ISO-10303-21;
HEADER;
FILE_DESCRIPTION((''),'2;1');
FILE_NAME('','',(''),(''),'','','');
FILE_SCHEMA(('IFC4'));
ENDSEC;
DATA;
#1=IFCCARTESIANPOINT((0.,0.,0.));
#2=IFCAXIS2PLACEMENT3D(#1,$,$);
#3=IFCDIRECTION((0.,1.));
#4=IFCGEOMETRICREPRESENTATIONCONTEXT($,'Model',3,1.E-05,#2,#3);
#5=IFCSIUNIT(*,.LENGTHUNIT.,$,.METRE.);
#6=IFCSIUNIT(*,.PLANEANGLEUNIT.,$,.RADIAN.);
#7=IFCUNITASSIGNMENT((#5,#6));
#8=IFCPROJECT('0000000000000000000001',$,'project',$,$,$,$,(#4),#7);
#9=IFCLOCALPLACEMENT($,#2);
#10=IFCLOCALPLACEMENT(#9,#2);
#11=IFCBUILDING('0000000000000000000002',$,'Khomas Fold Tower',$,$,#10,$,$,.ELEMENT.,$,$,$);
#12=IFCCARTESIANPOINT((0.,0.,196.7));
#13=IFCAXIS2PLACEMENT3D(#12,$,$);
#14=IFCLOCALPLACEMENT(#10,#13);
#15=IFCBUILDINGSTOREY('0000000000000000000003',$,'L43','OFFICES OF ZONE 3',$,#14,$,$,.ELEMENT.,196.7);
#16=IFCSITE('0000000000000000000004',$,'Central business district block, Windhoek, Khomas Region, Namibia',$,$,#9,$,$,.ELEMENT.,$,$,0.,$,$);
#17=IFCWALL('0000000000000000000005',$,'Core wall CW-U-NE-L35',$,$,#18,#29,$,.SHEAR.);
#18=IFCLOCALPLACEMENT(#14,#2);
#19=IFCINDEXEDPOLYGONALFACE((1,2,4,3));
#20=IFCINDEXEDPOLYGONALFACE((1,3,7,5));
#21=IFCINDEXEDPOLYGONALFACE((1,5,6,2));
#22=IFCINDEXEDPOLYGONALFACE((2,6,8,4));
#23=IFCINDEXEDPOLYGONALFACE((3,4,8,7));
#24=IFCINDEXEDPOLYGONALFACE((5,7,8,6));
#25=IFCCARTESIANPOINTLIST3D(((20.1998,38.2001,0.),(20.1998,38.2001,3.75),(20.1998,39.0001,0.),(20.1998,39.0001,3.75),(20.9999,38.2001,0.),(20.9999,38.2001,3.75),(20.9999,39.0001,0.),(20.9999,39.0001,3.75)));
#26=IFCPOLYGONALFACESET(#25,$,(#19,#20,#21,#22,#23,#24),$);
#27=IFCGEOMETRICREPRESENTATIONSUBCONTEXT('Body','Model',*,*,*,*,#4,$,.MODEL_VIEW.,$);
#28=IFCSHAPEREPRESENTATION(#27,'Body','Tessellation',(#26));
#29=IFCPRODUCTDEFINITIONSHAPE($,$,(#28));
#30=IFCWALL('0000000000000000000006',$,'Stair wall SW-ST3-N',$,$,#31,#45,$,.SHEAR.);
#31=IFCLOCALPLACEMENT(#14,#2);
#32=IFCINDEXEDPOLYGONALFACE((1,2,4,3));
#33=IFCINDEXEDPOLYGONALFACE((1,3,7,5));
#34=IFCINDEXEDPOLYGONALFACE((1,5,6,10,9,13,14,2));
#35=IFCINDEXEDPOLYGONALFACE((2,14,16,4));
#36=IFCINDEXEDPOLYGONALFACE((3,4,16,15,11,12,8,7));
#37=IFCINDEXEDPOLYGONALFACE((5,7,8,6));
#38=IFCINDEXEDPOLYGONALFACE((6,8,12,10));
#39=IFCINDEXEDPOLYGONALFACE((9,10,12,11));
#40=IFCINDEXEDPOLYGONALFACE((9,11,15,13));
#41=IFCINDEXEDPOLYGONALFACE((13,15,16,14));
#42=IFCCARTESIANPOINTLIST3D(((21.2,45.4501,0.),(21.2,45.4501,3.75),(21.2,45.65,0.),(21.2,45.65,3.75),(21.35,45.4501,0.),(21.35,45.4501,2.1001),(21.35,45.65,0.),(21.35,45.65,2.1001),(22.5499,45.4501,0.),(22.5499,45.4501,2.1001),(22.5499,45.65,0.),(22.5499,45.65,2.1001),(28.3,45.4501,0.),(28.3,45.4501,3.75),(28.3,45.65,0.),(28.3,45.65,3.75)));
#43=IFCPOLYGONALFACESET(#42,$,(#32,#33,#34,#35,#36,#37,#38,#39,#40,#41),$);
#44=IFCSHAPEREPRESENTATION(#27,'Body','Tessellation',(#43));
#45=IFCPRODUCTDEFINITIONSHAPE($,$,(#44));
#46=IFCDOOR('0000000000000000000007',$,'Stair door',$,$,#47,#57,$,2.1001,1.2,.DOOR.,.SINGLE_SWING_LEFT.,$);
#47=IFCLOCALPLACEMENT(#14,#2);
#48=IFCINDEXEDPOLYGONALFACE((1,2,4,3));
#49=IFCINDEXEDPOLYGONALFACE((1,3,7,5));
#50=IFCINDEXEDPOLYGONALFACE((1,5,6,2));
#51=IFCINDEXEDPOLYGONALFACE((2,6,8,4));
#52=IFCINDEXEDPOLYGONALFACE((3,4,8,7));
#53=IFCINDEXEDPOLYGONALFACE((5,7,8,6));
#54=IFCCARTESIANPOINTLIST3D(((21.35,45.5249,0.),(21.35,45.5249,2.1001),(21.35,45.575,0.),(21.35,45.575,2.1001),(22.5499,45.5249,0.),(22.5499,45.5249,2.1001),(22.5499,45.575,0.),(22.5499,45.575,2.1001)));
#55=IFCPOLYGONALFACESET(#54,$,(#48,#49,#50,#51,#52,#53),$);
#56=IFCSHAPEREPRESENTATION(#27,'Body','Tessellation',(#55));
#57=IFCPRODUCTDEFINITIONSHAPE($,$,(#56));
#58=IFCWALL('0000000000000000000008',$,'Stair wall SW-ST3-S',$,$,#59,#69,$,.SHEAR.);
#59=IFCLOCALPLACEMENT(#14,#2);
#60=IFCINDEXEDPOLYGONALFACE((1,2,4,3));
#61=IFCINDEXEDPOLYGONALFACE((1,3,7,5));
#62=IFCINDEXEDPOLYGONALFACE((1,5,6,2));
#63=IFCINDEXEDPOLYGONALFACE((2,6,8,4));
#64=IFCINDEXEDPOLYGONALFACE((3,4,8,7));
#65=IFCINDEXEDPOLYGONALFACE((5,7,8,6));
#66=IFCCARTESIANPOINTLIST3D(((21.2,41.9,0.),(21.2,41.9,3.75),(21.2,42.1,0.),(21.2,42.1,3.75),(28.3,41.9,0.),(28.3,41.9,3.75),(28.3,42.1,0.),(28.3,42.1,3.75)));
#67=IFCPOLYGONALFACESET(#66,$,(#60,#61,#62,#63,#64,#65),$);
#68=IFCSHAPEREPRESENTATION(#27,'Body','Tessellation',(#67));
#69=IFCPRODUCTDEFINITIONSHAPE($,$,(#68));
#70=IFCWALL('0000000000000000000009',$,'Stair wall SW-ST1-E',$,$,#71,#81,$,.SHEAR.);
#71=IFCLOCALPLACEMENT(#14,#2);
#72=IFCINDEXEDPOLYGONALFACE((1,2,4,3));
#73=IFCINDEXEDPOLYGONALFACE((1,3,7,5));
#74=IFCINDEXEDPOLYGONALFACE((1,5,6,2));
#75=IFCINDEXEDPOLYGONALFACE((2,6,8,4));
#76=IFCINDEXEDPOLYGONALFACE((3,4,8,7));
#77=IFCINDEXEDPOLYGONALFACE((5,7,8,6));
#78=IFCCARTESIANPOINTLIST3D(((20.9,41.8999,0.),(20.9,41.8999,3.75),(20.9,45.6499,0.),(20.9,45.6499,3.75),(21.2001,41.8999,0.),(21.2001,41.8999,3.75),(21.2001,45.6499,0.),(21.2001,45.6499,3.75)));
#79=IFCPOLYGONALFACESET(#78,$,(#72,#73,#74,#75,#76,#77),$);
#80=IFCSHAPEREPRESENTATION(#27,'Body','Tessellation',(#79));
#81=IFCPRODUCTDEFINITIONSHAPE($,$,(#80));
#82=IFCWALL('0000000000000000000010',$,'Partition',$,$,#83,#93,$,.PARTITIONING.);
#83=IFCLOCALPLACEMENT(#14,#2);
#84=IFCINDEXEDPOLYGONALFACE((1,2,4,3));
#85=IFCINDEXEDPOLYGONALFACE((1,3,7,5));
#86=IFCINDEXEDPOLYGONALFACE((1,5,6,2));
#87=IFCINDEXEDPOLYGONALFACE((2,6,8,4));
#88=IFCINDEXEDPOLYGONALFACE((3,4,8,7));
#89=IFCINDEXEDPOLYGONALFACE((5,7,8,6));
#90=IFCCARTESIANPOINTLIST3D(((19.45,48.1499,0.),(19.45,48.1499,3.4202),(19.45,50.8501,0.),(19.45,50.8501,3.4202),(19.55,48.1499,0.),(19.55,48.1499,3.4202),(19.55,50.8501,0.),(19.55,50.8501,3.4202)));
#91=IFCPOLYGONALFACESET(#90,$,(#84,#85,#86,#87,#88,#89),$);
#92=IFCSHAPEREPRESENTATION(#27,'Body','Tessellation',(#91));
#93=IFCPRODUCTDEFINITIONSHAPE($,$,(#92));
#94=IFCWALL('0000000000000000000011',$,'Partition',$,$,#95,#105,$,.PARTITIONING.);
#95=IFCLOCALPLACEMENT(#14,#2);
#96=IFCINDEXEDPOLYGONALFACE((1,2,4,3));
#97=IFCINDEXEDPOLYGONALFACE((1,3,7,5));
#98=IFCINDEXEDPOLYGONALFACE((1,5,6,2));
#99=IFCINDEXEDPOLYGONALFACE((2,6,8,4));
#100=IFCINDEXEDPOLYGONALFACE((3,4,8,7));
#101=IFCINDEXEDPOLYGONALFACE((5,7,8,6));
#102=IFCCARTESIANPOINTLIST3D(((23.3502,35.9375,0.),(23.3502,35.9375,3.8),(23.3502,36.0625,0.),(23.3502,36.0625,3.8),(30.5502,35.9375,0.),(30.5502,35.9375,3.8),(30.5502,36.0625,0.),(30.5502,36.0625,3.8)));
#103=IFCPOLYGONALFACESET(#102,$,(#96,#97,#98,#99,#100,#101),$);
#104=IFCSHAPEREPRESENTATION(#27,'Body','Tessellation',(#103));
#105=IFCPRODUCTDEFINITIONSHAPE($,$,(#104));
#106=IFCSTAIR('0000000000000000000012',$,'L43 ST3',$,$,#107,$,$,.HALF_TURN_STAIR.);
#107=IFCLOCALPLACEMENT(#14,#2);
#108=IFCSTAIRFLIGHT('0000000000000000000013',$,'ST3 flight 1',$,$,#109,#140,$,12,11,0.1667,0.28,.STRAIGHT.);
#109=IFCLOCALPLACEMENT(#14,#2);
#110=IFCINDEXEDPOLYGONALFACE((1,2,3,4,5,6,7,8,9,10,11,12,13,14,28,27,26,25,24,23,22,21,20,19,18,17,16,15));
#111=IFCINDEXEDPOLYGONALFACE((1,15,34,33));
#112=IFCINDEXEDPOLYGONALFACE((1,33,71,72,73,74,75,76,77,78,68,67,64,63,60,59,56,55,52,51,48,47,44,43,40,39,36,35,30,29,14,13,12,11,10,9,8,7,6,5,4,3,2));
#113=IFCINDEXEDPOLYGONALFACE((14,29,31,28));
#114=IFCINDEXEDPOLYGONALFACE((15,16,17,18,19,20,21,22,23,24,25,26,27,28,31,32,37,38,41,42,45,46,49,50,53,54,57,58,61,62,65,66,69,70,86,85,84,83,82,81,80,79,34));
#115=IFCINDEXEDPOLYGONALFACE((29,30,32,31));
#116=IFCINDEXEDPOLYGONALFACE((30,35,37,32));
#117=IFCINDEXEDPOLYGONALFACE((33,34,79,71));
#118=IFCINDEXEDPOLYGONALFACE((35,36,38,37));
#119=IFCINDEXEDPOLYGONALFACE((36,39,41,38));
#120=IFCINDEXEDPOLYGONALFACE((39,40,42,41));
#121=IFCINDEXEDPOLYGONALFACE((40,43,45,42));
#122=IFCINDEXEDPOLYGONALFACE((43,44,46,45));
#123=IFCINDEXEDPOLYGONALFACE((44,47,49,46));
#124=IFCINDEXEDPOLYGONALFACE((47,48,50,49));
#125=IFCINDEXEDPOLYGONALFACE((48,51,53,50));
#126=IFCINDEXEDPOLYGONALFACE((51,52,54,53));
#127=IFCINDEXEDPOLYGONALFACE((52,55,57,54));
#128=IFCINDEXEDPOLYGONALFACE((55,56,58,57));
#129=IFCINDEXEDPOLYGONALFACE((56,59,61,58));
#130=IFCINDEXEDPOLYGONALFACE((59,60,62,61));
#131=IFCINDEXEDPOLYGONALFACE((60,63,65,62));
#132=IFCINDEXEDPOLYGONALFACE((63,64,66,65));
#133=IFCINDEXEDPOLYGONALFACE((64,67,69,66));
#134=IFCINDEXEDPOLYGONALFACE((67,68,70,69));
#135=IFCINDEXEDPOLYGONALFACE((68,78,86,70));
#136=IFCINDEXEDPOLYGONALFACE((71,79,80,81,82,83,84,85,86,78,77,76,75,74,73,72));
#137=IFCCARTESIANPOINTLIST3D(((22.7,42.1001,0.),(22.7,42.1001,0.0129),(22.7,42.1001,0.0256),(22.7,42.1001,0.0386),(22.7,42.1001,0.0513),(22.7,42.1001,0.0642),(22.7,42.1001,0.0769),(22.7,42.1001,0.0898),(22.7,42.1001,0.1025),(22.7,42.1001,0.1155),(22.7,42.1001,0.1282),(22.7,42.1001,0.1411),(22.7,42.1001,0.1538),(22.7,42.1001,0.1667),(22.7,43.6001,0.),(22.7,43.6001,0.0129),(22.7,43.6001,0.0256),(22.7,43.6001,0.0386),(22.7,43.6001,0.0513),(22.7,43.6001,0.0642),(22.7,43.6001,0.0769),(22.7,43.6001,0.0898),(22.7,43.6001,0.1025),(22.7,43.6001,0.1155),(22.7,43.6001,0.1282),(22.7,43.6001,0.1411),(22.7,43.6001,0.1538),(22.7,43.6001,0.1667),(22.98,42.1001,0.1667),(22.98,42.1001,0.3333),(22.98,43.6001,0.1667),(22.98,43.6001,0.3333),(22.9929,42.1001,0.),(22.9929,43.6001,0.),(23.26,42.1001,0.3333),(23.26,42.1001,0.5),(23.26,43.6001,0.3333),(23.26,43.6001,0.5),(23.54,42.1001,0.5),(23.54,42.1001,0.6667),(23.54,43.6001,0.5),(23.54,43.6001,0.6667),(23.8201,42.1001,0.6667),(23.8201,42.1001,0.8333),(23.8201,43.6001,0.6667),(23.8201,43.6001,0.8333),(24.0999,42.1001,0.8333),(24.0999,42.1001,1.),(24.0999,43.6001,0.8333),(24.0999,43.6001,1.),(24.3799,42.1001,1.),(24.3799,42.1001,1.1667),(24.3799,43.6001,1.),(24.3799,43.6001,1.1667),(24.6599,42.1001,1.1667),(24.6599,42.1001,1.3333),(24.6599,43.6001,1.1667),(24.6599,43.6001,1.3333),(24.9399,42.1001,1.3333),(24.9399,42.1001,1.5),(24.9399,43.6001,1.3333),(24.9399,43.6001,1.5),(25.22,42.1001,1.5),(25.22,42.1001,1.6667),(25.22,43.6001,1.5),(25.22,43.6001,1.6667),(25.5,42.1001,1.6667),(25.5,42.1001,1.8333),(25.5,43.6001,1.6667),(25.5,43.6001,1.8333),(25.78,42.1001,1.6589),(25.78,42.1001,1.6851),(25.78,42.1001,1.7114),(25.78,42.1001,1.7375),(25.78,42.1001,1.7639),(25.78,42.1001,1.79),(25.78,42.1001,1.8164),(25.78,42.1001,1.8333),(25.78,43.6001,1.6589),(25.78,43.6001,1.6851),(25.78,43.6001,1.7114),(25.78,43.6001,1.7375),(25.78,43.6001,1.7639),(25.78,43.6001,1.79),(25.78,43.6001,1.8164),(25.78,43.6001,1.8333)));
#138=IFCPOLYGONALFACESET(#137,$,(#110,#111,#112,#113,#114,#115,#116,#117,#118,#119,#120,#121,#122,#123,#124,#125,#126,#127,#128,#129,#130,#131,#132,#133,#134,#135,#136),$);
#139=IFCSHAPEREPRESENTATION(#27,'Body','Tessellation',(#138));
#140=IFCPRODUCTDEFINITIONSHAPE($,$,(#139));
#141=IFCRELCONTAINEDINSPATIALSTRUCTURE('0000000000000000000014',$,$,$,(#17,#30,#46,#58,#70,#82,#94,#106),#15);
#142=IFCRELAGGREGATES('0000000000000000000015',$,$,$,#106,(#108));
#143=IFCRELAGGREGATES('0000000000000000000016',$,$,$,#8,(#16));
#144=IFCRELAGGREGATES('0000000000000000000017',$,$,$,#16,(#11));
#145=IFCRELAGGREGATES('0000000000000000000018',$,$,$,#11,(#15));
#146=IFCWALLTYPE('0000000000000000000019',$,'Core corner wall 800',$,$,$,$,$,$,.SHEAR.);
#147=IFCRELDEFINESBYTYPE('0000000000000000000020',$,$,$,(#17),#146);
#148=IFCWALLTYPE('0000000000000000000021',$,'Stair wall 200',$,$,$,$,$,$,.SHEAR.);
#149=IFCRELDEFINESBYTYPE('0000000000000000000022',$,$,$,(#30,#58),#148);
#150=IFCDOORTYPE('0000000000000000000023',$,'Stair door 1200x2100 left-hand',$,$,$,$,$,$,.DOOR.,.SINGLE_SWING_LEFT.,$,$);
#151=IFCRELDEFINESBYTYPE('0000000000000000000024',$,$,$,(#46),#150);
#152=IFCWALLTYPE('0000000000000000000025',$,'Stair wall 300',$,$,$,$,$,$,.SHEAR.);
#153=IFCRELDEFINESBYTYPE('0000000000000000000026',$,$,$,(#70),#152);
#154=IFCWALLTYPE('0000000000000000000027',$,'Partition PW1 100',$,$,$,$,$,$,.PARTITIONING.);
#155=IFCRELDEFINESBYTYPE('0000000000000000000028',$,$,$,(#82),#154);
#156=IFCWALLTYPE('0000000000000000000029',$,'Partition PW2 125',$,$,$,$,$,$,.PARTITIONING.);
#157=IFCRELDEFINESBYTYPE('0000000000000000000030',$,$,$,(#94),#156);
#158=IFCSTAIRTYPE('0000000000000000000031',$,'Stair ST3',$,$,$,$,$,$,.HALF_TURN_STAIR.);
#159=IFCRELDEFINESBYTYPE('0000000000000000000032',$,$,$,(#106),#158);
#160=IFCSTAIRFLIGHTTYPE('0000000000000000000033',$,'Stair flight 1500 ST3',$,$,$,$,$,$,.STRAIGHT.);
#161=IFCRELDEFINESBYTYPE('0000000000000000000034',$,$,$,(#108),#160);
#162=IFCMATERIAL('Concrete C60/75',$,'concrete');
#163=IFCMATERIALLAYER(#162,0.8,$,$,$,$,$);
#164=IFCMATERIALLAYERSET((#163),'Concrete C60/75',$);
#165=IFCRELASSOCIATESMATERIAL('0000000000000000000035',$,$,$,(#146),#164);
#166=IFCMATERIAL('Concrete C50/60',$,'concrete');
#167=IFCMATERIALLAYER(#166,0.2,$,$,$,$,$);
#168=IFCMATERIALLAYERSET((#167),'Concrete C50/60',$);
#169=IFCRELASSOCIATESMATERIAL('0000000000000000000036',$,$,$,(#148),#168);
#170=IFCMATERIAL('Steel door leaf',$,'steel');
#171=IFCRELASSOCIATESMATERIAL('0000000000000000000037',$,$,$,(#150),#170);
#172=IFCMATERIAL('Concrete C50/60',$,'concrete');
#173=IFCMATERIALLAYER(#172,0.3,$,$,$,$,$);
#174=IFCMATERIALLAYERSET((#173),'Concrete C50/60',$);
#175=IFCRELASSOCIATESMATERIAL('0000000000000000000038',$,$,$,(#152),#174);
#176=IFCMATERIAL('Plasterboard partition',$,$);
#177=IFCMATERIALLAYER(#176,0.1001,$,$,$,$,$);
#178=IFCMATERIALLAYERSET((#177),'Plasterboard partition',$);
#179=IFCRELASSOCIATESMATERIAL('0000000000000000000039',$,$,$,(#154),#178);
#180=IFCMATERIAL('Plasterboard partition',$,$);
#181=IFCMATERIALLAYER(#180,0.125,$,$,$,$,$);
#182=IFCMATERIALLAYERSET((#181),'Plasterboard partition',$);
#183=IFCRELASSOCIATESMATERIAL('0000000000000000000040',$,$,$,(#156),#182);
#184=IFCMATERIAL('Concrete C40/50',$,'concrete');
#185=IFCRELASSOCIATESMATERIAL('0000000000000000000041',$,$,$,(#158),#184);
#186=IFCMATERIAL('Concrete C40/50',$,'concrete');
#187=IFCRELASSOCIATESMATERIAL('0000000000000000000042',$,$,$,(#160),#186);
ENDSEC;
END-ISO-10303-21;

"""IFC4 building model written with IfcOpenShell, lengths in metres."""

from ifc_helpers import new_model, si_unit, direction, frame, frame_2d, origin, place, context, subcontext, project, spatial, polyline, rectangle, outline, extrude, source, transform, mapped, material, layer, layer_set, type_object, element, fill, aggregate, save


model = new_model("IFC4")

# Units and contexts
model_context = context("Model", 3, precision=1e-05, world=origin(), true_north=direction((0.0, 1.0)))
body_context = subcontext(model_context, "Body", "Model", "MODEL_VIEW")
ifc_project = project(units=[si_unit("LENGTHUNIT", "METRE"), si_unit("PLANEANGLEUNIT", "RADIAN")], contexts=[model_context])

# Site, building, storey
site_placement = place(None, origin())
site = spatial("IfcSite", under=ifc_project, at=site_placement, Name="Central business district block, Windhoek, Khomas Region, Namibia", CompositionType="ELEMENT", RefElevation=0.0)
building_placement = place(site_placement, origin())
building = spatial("IfcBuilding", under=site, at=building_placement, Name="Khomas Fold Tower", CompositionType="ELEMENT")
storey_placement = place(building_placement, frame((0.0, 0.0, 196.7)))
storey = spatial("IfcBuildingStorey", under=building, at=storey_placement, Name="L43", Description="OFFICES OF ZONE 3", CompositionType="ELEMENT", Elevation=196.7)

# Wall
ifc_material_1 = material(Name="Concrete C60/75", Category="concrete")
ifc_layer_1 = layer(ifc_material_1, 0.8)
ifc_layer_set_1 = layer_set([ifc_layer_1], Name="Concrete C60/75")
wall_type_1 = type_object("IfcWallType", Name="Core corner wall 800", PredefinedType="SHEAR", material=ifc_layer_set_1)
shared_shape_1 = source(origin(), body_context, "Body", "SweptSolid", [
    extrude(rectangle(XDim=0.8, YDim=0.8, at=frame_2d((0.3999, 0.0))), origin(), (0.0, 0.0, 1.0), 3.75),
])
wall_1_placement = place(storey_placement, frame((20.2, 38.6001, 0.0), z_axis=(0.0, 0.0, 1.0), x_axis=(1.0, 0.0, 0.0)))
element("IfcWall", 1, at=wall_1_placement, inside=storey, type_object=wall_type_1, Name="Core wall CW-U-NE-L35", PredefinedType="SHEAR", context=body_context, shape_type="MappedRepresentation", body=[
    mapped(shared_shape_1, transform((0.0, 0.0, 0.0))),
])

# Wall, opening, door
ifc_material_2 = material(Name="Concrete C50/60", Category="concrete")
ifc_layer_2 = layer(ifc_material_2, 0.2)
ifc_layer_set_2 = layer_set([ifc_layer_2], Name="Concrete C50/60")
wall_type_2 = type_object("IfcWallType", Name="Stair wall 200", PredefinedType="SHEAR", material=ifc_layer_set_2)
shared_shape_2 = source(origin(), body_context, "Body", "SweptSolid", [
    extrude(rectangle(XDim=7.1001, YDim=0.2, at=frame_2d((3.55, 0.0))), origin(), (0.0, 0.0, 1.0), 3.75),
])
wall_2_placement = place(storey_placement, frame((21.2, 45.55, 0.0), z_axis=(0.0, 0.0, 1.0), x_axis=(1.0, 0.0, 0.0)))
wall_2 = element("IfcWall", 2, at=wall_2_placement, inside=storey, type_object=wall_type_2, Name="Stair wall SW-ST3-N", PredefinedType="SHEAR", context=body_context, shape_type="MappedRepresentation", body=[
    mapped(shared_shape_2, transform((0.0, 0.0, 0.0))),
])
shared_shape_3 = source(origin(), body_context, "Body", "SweptSolid", [
    extrude(rectangle(XDim=1.2, YDim=2.1001, at=frame_2d((0.6001, 1.05))), frame((0.0, 0.1099, 0.0), z_axis=(0.0, -1.0, 0.0), x_axis=(1.0, 0.0, 0.0)), (0.0, 0.0, 1.0), 0.22),
])
opening_placement = place(wall_2_placement, frame((0.1499, 0.0, 0.0)))
opening = element("IfcOpeningElement", 3, at=opening_placement, cuts=wall_2, PredefinedType="OPENING", context=body_context, shape_type="MappedRepresentation", body=[
    mapped(shared_shape_3, transform((0.0, 0.0, 0.0))),
])
ifc_material_3 = material(Name="Steel door leaf", Category="steel")
door_type = type_object("IfcDoorType", Name="Stair door 1200x2100 left-hand", OperationType="SINGLE_SWING_LEFT", PredefinedType="DOOR", material=ifc_material_3)
shared_shape_4 = source(origin(), body_context, "Body", "SweptSolid", [
    extrude(rectangle(XDim=1.2, YDim=2.1001, at=frame_2d((0.6001, 1.05))), frame((0.0, 0.0249, 0.0), z_axis=(0.0, -1.0, 0.0), x_axis=(1.0, 0.0, 0.0)), (0.0, 0.0, 1.0), 0.05),
])
door_placement = place(opening_placement, origin())
door = element("IfcDoor", 4, at=door_placement, inside=storey, type_object=door_type, Name="Stair door", OperationType="SINGLE_SWING_LEFT", OverallHeight=2.1001, OverallWidth=1.2, PredefinedType="DOOR", context=body_context, shape_type="MappedRepresentation", body=[
    mapped(shared_shape_4, transform((0.0, 0.0, 0.0))),
])
fill(opening, door)

# Walls
wall_3_placement = place(storey_placement, frame((21.2, 42.0, 0.0), z_axis=(0.0, 0.0, 1.0), x_axis=(1.0, 0.0, 0.0)))
element("IfcWall", 5, at=wall_3_placement, inside=storey, type_object=wall_type_2, Name="Stair wall SW-ST3-S", PredefinedType="SHEAR", context=body_context, shape_type="MappedRepresentation", body=[
    mapped(shared_shape_2, transform((0.0, 0.0, 0.0))),
])
ifc_material_4 = material(Name="Concrete C50/60", Category="concrete")
ifc_layer_3 = layer(ifc_material_4, 0.3)
ifc_layer_set_3 = layer_set([ifc_layer_3], Name="Concrete C50/60")
wall_type_3 = type_object("IfcWallType", Name="Stair wall 300", PredefinedType="SHEAR", material=ifc_layer_set_3)
shared_shape_5 = source(origin(), body_context, "Body", "SweptSolid", [
    extrude(rectangle(XDim=3.75, YDim=0.3, at=frame_2d((1.875, 0.0))), origin(), (0.0, 0.0, 1.0), 3.75),
])
wall_4_placement = place(storey_placement, frame((21.05, 41.8999, 0.0), z_axis=(0.0, 0.0, 1.0), x_axis=(0.0, 1.0, 0.0)))
element("IfcWall", 6, at=wall_4_placement, inside=storey, type_object=wall_type_3, Name="Stair wall SW-ST1-E", PredefinedType="SHEAR", context=body_context, shape_type="MappedRepresentation", body=[
    mapped(shared_shape_5, transform((0.0, 0.0, 0.0))),
])
ifc_material_5 = material(Name="Plasterboard partition")
ifc_layer_4 = layer(ifc_material_5, 0.1001)
ifc_layer_set_4 = layer_set([ifc_layer_4], Name="Plasterboard partition")
wall_type_4 = type_object("IfcWallType", Name="Partition PW1 100", PredefinedType="PARTITIONING", material=ifc_layer_set_4)
shared_shape_6 = source(origin(), body_context, "Body", "SweptSolid", [
    extrude(rectangle(XDim=2.7002, YDim=0.1001, at=frame_2d((1.3501, 0.0))), origin(), (0.0, 0.0, 1.0), 3.4202),
])
wall_5_placement = place(storey_placement, frame((19.5, 48.1499, 0.0), z_axis=(0.0, 0.0, 1.0), x_axis=(0.0, 1.0, 0.0)))
element("IfcWall", 7, at=wall_5_placement, inside=storey, type_object=wall_type_4, Name="Partition", PredefinedType="PARTITIONING", context=body_context, shape_type="MappedRepresentation", body=[
    mapped(shared_shape_6, transform((0.0, 0.0, 0.0))),
])
ifc_material_6 = material(Name="Plasterboard partition")
ifc_layer_5 = layer(ifc_material_6, 0.125)
ifc_layer_set_5 = layer_set([ifc_layer_5], Name="Plasterboard partition")
wall_type_5 = type_object("IfcWallType", Name="Partition PW2 125", PredefinedType="PARTITIONING", material=ifc_layer_set_5)
shared_shape_7 = source(origin(), body_context, "Body", "SweptSolid", [
    extrude(rectangle(XDim=7.2, YDim=0.125, at=frame_2d((3.6001, 0.0))), origin(), (0.0, 0.0, 1.0), 3.8),
])
wall_6_placement = place(storey_placement, frame((23.3501, 36.0, 0.0), z_axis=(0.0, 0.0, 1.0), x_axis=(1.0, 0.0, 0.0)))
element("IfcWall", 8, at=wall_6_placement, inside=storey, type_object=wall_type_5, Name="Partition", PredefinedType="PARTITIONING", context=body_context, shape_type="MappedRepresentation", body=[
    mapped(shared_shape_7, transform((0.0, 0.0, 0.0))),
])

# Stair, stair flight
ifc_material_7 = material(Name="Concrete C40/50", Category="concrete")
stair_type = type_object("IfcStairType", Name="Stair ST3", PredefinedType="HALF_TURN_STAIR", material=ifc_material_7)
stair_placement = place(storey_placement, origin())
stair = element("IfcStair", 9, at=stair_placement, inside=storey, type_object=stair_type, Name="L43 ST3", PredefinedType="HALF_TURN_STAIR")
ifc_material_8 = material(Name="Concrete C40/50", Category="concrete")
stair_flight_type = type_object("IfcStairFlightType", Name="Stair flight 1500 ST3", PredefinedType="STRAIGHT", material=ifc_material_8)
shared_shape_8 = source(origin(), body_context, "Body", "SweptSolid", [
    extrude(outline(polyline([(0.0, 0.0), (0.0, 0.0129), (0.0, 0.0256), (0.0, 0.0386), (0.0, 0.0513), (0.0, 0.0642), (0.0, 0.0769), (0.0, 0.0898), (0.0, 0.1025), (0.0, 0.1155), (0.0, 0.1282), (0.0, 0.1411), (0.0, 0.1538), (0.0, 0.1667), (0.28, 0.1667), (0.28, 0.3333), (0.5601, 0.3333), (0.5601, 0.5), (0.8401, 0.5), (0.8401, 0.6667), (1.1201, 0.6667), (1.1201, 0.8333), (1.3999, 0.8333), (1.3999, 1.0), (1.6799, 1.0), (1.6799, 1.1667), (1.96, 1.1667), (1.96, 1.3333), (2.24, 1.3333), (2.24, 1.5), (2.52, 1.5), (2.52, 1.6667), (2.8, 1.6667), (2.8, 1.8333), (3.0801, 1.8333), (3.0801, 2.0), (3.0801, 1.9739), (3.0801, 1.9475), (3.0801, 1.9214), (3.0801, 1.895), (3.0801, 1.8689), (3.0801, 1.8425), (3.0801, 1.8164), (3.0801, 1.79), (3.0801, 1.7639), (3.0801, 1.7375), (3.0801, 1.7114), (3.0801, 1.6851), (3.0801, 1.6589), (0.293, 0.0), (0.0, 0.0)])), frame((0.0, 0.75, 0.0), z_axis=(0.0, -1.0, 0.0), x_axis=(1.0, 0.0, 0.0)), (0.0, 0.0, 1.0), 1.5),
])
stair_flight_1_placement = place(storey_placement, frame((22.7, 42.8501, 0.0), z_axis=(0.0, 0.0, 1.0), x_axis=(1.0, 0.0, 0.0)))
stair_flight_1 = element("IfcStairFlight", 10, at=stair_flight_1_placement, type_object=stair_flight_type, Name="ST3 flight 1", NumberOfRisers=12, NumberOfTreads=11, PredefinedType="STRAIGHT", RiserHeight=0.1667, TreadLength=0.28, context=body_context, shape_type="MappedRepresentation", body=[
    mapped(shared_shape_8, transform((0.0, 0.0, 0.0))),
])
aggregate(stair, [stair_flight_1])

save(model, "model.ifc")
